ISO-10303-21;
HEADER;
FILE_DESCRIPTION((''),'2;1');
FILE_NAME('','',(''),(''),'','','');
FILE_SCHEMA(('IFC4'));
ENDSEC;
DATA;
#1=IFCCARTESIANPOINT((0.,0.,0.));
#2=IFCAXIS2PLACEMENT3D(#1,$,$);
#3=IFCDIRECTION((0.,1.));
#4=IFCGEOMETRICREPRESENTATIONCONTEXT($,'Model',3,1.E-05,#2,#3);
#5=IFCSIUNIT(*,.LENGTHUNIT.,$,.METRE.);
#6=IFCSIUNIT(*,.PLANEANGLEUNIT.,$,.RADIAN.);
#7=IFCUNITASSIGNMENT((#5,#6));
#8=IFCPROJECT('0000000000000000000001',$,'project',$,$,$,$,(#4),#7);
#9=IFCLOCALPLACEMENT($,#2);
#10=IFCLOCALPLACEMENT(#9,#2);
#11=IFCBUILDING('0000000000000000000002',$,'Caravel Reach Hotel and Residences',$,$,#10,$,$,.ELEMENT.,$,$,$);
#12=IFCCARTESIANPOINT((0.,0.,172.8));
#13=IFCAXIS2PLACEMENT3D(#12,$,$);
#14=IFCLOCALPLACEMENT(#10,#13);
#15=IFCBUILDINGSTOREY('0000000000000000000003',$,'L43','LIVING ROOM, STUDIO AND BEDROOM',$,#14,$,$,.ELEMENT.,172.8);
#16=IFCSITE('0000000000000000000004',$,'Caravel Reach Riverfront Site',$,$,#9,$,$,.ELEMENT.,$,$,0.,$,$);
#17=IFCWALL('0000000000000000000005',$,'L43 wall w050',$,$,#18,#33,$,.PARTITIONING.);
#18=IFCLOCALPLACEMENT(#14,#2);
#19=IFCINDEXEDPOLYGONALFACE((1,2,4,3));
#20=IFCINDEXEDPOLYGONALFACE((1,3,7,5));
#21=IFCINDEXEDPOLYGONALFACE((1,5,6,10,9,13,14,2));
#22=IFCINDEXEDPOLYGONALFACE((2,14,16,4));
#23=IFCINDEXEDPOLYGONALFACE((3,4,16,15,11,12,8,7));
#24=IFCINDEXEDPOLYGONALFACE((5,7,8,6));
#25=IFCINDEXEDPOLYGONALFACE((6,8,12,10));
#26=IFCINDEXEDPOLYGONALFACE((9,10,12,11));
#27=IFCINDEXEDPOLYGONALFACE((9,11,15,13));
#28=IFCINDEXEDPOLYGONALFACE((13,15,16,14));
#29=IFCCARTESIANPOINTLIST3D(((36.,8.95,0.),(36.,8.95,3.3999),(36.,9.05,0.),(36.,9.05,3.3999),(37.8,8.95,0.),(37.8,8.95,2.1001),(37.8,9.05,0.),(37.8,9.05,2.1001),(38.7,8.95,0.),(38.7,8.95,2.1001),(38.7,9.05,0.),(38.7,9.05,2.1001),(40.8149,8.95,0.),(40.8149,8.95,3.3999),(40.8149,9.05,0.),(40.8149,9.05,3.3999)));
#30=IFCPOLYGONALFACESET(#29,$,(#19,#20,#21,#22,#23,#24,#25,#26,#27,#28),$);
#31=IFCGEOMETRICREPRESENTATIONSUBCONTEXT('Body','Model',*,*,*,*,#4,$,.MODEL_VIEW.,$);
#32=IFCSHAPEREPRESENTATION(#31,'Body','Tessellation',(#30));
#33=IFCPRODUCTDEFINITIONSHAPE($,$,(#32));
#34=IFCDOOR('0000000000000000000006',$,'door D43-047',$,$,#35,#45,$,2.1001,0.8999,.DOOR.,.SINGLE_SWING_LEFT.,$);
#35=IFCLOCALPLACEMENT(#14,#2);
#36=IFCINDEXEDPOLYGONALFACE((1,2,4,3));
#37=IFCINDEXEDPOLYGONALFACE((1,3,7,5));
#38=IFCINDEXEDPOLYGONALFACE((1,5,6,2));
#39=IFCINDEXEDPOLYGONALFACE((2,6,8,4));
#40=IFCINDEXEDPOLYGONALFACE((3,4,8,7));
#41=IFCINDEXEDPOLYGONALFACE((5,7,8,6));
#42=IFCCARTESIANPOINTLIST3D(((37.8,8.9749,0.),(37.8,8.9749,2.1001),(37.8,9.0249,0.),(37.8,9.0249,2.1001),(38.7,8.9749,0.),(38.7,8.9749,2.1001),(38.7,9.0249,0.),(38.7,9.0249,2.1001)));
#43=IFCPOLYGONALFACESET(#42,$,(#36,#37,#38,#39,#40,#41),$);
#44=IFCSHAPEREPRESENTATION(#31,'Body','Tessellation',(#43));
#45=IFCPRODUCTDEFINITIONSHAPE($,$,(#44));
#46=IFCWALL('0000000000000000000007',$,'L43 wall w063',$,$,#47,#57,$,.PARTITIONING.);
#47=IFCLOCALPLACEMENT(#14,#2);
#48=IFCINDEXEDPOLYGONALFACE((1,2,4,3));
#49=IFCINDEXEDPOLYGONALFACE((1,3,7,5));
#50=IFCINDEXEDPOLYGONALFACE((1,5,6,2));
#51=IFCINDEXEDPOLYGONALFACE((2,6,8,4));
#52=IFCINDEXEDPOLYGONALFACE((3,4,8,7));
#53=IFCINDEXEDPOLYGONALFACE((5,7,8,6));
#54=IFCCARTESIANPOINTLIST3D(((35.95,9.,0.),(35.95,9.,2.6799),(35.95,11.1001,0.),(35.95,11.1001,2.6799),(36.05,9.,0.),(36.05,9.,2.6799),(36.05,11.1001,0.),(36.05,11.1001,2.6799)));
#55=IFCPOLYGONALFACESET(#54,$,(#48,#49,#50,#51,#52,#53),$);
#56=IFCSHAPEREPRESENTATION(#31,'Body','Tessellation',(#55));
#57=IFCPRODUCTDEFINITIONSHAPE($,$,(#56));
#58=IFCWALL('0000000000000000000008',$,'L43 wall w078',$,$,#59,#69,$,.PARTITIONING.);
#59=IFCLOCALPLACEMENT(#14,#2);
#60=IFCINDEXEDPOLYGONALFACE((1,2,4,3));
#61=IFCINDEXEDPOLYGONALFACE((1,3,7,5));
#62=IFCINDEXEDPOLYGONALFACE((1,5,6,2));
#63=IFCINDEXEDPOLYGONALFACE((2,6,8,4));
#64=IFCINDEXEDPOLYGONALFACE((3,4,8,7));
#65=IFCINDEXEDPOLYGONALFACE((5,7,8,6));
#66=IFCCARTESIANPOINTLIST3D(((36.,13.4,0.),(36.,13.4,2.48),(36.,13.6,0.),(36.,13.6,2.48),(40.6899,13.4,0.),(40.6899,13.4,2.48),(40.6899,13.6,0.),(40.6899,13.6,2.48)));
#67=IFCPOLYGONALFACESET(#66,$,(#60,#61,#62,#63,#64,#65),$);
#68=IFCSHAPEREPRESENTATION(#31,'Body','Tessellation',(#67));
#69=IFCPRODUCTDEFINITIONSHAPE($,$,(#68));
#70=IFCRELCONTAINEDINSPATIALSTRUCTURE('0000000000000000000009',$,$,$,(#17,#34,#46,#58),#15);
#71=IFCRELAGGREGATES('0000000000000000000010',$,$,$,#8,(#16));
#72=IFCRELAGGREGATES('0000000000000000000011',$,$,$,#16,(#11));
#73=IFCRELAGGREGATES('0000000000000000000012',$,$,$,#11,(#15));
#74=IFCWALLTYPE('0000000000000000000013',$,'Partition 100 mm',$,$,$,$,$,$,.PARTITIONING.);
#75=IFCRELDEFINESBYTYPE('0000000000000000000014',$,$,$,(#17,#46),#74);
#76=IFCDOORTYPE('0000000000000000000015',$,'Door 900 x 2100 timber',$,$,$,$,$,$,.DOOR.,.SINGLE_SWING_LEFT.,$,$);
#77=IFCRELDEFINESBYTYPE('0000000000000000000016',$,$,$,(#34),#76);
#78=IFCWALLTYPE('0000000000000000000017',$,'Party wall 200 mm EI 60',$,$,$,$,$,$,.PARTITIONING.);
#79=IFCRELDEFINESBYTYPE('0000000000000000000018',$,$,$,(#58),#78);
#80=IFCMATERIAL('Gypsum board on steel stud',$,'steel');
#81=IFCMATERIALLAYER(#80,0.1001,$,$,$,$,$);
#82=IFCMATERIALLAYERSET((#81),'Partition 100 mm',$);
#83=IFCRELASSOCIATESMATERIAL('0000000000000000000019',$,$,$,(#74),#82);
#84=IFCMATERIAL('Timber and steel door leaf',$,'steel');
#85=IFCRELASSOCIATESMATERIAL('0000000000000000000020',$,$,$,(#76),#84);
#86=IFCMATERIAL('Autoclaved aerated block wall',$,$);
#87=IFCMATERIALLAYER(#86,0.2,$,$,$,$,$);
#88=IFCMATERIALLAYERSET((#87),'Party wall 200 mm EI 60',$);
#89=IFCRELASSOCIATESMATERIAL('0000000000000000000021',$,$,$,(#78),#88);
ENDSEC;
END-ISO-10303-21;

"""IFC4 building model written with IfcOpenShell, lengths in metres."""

from ifc_helpers import new_model, si_unit, direction, frame, frame_2d, origin, place, context, subcontext, project, spatial, rectangle, extrude, material, layer, layer_set, type_object, element, fill, save


model = new_model("IFC4")

# Units and contexts
model_context = context("Model", 3, precision=1e-05, world=origin(), true_north=direction((0.0, 1.0)))
body_context = subcontext(model_context, "Body", "Model", "MODEL_VIEW")
ifc_project = project(units=[si_unit("LENGTHUNIT", "METRE"), si_unit("PLANEANGLEUNIT", "RADIAN")], contexts=[model_context])

# Site, building, storey
site_placement = place(None, origin())
site = spatial("IfcSite", under=ifc_project, at=site_placement, Name="Caravel Reach Riverfront Site", CompositionType="ELEMENT", RefElevation=0.0)
building_placement = place(site_placement, origin())
building = spatial("IfcBuilding", under=site, at=building_placement, Name="Caravel Reach Hotel and Residences", CompositionType="ELEMENT")
storey_placement = place(building_placement, frame((0.0, 0.0, 172.8)))
storey = spatial("IfcBuildingStorey", under=building, at=storey_placement, Name="L43", Description="LIVING ROOM, STUDIO AND BEDROOM", CompositionType="ELEMENT", Elevation=172.8)

# Shared definitions
ifc_material_1 = material(Name="Gypsum board on steel stud", Category="steel")
ifc_layer_1 = layer(ifc_material_1, 0.1001)
ifc_layer_set_1 = layer_set([ifc_layer_1], Name="Partition 100 mm")
wall_type_1 = type_object("IfcWallType", Name="Partition 100 mm", PredefinedType="PARTITIONING", material=ifc_layer_set_1)

# Wall, opening, door
wall_1_placement = place(storey_placement, frame((36.0, 9.0, 0.0), z_axis=(0.0, 0.0, 1.0), x_axis=(1.0, 0.0, 0.0)))
wall_1 = element("IfcWall", 1, at=wall_1_placement, inside=storey, type_object=wall_type_1, Name="L43 wall w050", PredefinedType="PARTITIONING", context=body_context, shape_type="SweptSolid", body=[
    extrude(rectangle(XDim=4.8149, YDim=0.1001, at=frame_2d((2.4075, 0.0))), origin(), (0.0, 0.0, 1.0), 3.3999),
])
opening_1_placement = place(wall_1_placement, frame((1.8, 0.0, 0.0)))
opening_1 = element("IfcOpeningElement", 2, at=opening_1_placement, cuts=wall_1, PredefinedType="OPENING", context=body_context, shape_type="SweptSolid", body=[
    extrude(rectangle(XDim=0.8999, YDim=2.1001, at=frame_2d((0.45, 1.05))), frame((0.0, 0.0601, 0.0), z_axis=(0.0, -1.0, 0.0), x_axis=(1.0, 0.0, 0.0)), (0.0, 0.0, 1.0), 0.1201),
])
ifc_material_2 = material(Name="Timber and steel door leaf", Category="steel")
door_type_1 = type_object("IfcDoorType", Name="Door 900 x 2100 timber", OperationType="SINGLE_SWING_LEFT", PredefinedType="DOOR", material=ifc_material_2)
door_1_placement = place(opening_1_placement, origin())
door_1 = element("IfcDoor", 3, at=door_1_placement, inside=storey, type_object=door_type_1, Name="door D43-047", OperationType="SINGLE_SWING_LEFT", OverallHeight=2.1001, OverallWidth=0.8999, PredefinedType="DOOR", context=body_context, shape_type="SweptSolid", body=[
    extrude(rectangle(XDim=0.8999, YDim=2.1001, at=frame_2d((0.45, 1.05))), frame((0.0, 0.0249, 0.0), z_axis=(0.0, -1.0, 0.0), x_axis=(1.0, 0.0, 0.0)), (0.0, 0.0, 1.0), 0.05),
])
fill(opening_1, door_1)

# Walls
wall_2_placement = place(storey_placement, frame((36.0, 9.0, 0.0), z_axis=(0.0, 0.0, 1.0), x_axis=(0.0, 1.0, 0.0)))
element("IfcWall", 4, at=wall_2_placement, inside=storey, type_object=wall_type_1, Name="L43 wall w063", PredefinedType="PARTITIONING", context=body_context, shape_type="SweptSolid", body=[
    extrude(rectangle(XDim=2.1001, YDim=0.1001, at=frame_2d((1.05, 0.0))), origin(), (0.0, 0.0, 1.0), 2.6799),
])
ifc_material_3 = material(Name="Autoclaved aerated block wall")
ifc_layer_2 = layer(ifc_material_3, 0.2)
ifc_layer_set_2 = layer_set([ifc_layer_2], Name="Party wall 200 mm EI 60")
wall_type_2 = type_object("IfcWallType", Name="Party wall 200 mm EI 60", PredefinedType="PARTITIONING", material=ifc_layer_set_2)
wall_3_placement = place(storey_placement, frame((36.0, 13.5, 0.0), z_axis=(0.0, 0.0, 1.0), x_axis=(1.0, 0.0, 0.0)))
element("IfcWall", 5, at=wall_3_placement, inside=storey, type_object=wall_type_2, Name="L43 wall w078", PredefinedType="PARTITIONING", context=body_context, shape_type="SweptSolid", body=[
    extrude(rectangle(XDim=4.6899, YDim=0.2, at=frame_2d((2.345, 0.0))), origin(), (0.0, 0.0, 1.0), 2.48),
])

save(model, "model.ifc")
